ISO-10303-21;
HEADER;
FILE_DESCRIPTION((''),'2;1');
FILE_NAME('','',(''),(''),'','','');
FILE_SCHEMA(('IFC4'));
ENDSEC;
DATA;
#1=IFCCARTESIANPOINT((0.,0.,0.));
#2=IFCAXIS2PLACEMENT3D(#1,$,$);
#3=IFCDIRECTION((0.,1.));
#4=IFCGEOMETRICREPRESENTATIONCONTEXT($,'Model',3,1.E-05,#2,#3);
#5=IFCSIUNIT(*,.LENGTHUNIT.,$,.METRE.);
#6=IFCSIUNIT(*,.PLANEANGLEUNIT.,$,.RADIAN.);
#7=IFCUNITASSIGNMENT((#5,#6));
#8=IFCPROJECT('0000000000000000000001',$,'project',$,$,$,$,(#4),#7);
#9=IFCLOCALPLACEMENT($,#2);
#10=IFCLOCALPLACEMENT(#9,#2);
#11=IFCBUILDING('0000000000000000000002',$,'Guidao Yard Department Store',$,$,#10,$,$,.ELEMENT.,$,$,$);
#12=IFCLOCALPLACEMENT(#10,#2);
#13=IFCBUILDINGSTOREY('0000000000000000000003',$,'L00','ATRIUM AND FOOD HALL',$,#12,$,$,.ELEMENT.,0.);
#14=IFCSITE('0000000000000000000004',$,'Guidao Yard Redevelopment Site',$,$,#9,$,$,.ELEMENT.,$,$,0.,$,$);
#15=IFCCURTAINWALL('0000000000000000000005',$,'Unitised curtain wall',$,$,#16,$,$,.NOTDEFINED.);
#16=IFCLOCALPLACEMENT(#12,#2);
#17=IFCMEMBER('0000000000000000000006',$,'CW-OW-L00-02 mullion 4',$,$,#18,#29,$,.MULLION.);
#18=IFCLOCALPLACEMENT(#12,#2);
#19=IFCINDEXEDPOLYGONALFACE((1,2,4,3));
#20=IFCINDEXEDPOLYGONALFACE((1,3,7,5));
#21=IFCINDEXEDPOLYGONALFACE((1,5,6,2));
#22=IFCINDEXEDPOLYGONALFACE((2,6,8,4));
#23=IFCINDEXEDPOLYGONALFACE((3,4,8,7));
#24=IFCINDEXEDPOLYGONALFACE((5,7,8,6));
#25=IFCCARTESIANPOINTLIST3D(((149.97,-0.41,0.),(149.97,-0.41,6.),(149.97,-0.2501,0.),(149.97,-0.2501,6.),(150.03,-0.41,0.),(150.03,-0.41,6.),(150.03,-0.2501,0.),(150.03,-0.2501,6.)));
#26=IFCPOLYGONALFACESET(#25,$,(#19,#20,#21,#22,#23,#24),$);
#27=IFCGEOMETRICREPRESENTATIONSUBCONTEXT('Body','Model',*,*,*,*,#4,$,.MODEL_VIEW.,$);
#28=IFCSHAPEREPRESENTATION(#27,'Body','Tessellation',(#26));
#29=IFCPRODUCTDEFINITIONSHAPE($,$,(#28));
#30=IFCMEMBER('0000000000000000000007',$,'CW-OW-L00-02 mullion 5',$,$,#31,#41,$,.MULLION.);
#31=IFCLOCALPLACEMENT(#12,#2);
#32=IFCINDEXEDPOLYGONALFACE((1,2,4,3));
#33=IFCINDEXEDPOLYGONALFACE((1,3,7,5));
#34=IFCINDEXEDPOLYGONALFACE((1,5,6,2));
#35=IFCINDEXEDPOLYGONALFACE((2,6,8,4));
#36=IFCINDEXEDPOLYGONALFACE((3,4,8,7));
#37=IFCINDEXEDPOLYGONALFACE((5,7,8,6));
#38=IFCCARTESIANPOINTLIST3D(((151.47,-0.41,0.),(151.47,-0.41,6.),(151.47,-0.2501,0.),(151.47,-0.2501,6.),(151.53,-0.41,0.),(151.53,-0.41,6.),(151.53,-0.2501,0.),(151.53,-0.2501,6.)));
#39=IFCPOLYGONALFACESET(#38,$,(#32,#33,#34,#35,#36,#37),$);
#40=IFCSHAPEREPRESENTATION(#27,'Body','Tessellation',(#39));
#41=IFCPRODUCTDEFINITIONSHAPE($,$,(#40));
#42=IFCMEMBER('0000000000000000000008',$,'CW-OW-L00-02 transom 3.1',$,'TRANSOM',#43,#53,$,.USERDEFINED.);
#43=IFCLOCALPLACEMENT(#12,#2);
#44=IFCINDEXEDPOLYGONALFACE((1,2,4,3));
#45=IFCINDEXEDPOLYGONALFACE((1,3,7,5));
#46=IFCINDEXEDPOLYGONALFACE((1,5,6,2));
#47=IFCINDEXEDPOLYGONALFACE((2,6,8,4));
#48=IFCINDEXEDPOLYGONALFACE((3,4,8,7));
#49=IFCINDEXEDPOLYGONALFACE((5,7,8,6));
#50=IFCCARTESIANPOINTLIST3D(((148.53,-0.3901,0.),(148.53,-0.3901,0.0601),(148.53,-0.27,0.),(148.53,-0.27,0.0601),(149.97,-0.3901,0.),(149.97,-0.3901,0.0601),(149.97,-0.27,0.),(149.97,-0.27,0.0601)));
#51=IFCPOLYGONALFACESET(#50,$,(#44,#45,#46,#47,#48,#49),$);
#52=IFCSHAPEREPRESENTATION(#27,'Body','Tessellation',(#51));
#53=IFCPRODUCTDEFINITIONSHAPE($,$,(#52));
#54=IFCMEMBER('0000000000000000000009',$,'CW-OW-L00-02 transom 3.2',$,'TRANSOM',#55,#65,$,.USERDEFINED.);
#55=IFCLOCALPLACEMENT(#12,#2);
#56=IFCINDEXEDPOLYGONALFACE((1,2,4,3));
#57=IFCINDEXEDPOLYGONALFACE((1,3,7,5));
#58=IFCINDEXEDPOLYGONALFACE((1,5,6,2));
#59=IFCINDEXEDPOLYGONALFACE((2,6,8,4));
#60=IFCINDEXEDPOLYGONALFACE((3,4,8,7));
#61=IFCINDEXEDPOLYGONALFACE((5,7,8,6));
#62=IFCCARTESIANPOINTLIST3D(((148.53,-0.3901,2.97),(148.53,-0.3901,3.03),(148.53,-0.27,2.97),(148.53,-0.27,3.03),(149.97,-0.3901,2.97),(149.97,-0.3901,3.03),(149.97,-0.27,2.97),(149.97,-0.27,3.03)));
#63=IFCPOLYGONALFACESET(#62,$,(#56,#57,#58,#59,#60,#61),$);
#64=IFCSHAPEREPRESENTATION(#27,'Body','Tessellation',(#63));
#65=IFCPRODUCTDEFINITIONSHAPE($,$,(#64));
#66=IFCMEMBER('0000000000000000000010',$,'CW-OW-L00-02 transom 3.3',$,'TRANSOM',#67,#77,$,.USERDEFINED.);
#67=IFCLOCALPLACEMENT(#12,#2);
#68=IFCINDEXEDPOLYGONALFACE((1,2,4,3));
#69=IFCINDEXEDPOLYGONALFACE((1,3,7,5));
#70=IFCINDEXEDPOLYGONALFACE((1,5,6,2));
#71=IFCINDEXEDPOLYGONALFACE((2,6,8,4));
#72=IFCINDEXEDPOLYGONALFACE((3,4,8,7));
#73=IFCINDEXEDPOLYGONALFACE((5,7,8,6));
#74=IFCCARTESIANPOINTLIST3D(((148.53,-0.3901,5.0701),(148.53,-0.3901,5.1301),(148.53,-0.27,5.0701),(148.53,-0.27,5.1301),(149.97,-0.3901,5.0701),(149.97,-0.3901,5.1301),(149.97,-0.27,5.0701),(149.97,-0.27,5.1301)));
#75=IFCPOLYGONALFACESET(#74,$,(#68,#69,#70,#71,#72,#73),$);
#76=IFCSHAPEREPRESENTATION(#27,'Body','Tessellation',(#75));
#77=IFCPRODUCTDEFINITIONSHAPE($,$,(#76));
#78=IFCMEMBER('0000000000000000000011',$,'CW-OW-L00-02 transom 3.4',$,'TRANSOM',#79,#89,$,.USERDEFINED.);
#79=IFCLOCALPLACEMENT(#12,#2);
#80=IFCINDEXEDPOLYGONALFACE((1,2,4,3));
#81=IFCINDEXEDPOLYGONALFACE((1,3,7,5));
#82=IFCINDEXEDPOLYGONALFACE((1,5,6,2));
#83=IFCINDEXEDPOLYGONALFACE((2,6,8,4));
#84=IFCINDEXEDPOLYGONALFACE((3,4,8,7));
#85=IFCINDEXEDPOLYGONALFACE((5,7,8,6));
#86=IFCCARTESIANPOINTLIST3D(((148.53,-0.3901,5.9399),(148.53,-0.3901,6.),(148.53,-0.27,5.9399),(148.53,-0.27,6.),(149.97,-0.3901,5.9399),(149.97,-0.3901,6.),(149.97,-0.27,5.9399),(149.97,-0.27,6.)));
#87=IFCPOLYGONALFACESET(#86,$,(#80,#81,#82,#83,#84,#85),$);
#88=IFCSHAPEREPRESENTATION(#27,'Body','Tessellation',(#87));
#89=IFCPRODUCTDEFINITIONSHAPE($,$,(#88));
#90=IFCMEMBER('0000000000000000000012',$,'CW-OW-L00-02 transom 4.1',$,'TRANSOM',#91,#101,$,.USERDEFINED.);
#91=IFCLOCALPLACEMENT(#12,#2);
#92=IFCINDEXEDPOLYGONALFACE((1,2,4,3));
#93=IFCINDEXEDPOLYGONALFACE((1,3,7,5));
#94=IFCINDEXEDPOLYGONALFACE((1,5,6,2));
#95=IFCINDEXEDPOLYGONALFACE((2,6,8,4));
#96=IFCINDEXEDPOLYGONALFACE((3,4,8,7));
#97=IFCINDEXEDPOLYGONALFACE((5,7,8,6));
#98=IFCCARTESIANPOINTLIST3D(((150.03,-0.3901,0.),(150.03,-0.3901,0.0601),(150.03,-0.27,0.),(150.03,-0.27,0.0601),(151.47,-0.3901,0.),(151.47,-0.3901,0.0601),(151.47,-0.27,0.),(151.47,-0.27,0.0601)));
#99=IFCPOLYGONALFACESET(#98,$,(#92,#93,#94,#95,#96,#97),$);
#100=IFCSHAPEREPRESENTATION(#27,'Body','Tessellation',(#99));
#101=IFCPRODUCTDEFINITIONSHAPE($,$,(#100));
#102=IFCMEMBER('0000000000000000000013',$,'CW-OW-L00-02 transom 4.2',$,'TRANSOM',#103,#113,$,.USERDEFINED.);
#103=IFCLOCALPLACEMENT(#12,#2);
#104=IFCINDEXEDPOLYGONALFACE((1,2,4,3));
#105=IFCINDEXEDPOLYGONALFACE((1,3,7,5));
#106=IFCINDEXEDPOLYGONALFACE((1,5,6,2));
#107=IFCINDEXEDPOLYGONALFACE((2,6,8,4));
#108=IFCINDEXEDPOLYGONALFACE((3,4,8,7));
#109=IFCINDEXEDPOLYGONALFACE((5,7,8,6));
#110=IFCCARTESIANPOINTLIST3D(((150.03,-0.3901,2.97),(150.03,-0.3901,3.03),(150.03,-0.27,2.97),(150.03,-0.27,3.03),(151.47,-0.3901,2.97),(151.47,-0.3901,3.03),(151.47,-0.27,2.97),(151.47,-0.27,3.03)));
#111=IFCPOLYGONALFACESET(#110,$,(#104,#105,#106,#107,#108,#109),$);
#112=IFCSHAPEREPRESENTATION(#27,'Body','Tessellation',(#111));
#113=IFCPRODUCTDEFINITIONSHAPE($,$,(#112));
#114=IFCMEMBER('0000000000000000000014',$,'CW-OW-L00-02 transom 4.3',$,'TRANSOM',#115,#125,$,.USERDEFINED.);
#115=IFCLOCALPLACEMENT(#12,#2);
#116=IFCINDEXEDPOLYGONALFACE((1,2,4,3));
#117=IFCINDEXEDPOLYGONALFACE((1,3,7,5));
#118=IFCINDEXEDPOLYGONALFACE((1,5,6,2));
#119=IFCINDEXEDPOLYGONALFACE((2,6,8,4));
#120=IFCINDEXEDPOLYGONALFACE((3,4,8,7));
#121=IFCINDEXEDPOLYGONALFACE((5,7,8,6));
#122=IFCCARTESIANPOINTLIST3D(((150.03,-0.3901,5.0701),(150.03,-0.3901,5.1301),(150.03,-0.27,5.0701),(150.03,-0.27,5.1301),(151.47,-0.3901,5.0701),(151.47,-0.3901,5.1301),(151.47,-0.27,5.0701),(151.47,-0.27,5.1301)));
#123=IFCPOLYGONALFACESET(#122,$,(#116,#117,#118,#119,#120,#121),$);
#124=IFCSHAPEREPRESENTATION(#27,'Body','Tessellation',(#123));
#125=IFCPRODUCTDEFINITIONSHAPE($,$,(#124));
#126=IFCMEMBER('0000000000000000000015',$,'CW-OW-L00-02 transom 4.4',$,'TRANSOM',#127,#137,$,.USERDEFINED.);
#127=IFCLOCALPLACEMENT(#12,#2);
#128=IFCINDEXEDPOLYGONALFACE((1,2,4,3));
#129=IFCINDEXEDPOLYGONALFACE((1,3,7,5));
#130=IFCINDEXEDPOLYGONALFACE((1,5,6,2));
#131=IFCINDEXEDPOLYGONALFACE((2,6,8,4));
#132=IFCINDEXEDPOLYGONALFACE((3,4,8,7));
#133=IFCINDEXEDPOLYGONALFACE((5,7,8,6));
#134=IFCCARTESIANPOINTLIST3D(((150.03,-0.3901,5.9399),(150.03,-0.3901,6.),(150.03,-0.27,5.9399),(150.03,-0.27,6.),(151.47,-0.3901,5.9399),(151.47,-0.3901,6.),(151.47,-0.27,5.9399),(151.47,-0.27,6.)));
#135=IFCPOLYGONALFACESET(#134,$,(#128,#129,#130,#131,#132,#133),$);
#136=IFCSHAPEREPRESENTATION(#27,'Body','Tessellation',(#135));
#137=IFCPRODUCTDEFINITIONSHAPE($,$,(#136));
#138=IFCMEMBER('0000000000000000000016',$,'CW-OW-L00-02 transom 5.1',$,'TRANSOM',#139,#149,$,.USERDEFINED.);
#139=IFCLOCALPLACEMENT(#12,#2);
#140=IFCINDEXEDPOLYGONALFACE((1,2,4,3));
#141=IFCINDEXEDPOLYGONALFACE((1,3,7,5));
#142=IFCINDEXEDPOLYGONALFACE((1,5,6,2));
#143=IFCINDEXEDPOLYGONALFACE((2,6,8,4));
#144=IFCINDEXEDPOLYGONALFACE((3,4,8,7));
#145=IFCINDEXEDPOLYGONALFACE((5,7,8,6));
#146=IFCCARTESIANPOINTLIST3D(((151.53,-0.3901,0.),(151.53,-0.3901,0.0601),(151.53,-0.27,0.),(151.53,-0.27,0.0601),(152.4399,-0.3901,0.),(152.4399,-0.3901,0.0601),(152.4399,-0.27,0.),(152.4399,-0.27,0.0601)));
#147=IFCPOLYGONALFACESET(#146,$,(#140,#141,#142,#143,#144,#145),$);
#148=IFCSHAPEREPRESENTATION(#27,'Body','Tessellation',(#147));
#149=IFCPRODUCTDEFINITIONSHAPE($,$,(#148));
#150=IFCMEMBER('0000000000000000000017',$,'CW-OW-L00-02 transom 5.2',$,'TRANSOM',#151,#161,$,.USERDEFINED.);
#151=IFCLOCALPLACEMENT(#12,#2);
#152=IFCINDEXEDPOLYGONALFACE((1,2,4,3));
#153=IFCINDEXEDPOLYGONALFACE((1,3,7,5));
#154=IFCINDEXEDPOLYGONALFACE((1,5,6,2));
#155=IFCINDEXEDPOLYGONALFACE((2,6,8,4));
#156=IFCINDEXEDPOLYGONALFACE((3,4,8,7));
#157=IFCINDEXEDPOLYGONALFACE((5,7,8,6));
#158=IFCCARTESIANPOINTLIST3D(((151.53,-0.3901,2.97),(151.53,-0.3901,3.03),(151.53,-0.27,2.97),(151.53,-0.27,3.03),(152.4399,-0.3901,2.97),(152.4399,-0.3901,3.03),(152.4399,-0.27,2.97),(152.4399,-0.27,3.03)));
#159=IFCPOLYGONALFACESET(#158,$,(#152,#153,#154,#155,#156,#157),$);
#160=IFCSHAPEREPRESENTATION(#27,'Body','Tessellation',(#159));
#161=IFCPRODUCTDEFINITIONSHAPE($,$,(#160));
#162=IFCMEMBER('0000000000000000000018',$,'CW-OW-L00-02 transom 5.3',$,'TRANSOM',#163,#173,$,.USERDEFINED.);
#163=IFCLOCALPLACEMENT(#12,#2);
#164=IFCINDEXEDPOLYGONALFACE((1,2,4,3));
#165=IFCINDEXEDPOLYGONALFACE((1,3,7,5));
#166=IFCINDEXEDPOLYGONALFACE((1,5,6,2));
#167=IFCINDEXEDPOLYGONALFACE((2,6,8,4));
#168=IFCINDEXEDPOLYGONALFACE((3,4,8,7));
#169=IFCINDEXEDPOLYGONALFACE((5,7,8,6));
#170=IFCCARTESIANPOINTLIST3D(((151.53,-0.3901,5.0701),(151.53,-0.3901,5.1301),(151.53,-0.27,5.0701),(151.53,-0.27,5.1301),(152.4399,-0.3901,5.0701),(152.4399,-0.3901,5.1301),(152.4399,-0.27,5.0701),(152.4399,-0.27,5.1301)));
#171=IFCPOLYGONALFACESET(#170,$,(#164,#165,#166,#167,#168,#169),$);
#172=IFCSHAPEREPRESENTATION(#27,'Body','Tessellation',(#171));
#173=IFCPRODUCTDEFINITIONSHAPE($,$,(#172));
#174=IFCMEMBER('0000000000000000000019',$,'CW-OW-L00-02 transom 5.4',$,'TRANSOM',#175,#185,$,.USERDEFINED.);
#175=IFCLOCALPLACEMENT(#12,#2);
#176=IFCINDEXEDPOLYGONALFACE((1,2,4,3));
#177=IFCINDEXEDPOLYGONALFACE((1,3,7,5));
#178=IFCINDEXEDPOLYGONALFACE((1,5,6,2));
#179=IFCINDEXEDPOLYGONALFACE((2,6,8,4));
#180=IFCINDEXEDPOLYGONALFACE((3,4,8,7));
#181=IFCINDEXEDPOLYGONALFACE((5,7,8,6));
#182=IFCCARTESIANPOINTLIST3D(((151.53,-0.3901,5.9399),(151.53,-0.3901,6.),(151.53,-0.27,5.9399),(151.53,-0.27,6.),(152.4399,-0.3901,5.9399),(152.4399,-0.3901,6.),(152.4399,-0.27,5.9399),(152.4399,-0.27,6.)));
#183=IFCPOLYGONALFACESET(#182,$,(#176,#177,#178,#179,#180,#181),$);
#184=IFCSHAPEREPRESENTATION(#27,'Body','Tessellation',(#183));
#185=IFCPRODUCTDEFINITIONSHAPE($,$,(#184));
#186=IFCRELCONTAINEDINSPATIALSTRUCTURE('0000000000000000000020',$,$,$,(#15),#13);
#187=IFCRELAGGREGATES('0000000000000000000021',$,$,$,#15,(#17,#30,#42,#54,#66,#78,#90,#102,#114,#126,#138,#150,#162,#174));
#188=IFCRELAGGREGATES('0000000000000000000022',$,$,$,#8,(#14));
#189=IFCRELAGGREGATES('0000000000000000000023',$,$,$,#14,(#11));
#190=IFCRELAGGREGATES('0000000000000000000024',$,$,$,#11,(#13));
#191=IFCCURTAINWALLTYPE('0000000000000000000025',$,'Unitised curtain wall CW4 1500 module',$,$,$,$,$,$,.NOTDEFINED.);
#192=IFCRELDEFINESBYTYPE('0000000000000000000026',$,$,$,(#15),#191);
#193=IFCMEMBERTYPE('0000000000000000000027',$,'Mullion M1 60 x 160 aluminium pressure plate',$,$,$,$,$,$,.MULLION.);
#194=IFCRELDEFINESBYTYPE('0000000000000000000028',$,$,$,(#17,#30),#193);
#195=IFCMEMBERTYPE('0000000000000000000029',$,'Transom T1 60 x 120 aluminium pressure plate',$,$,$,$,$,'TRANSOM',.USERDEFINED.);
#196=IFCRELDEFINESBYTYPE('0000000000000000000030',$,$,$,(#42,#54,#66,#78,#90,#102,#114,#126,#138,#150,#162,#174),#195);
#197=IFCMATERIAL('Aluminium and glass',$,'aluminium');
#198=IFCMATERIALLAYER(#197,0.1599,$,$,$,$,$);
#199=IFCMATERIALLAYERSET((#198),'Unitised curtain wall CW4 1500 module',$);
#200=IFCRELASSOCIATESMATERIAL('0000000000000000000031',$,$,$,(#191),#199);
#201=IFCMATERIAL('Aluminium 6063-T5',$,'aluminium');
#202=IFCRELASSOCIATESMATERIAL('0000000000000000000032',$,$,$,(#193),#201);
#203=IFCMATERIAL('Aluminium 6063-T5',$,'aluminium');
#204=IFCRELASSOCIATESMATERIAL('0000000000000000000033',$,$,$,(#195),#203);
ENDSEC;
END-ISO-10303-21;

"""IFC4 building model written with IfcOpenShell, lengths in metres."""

from ifc_helpers import new_model, si_unit, direction, frame, origin, origin_2d, place, context, subcontext, project, spatial, rectangle, extrude, material, layer, layer_set, material_profile, profile_set, type_object, element, aggregate, save


model = new_model("IFC4")

# Units and contexts
model_context = context("Model", 3, precision=1e-05, world=origin(), true_north=direction((0.0, 1.0)))
body_context = subcontext(model_context, "Body", "Model", "MODEL_VIEW")
ifc_project = project(units=[si_unit("LENGTHUNIT", "METRE"), si_unit("PLANEANGLEUNIT", "RADIAN")], contexts=[model_context])

# Site, building, storey
site_placement = place(None, origin())
site = spatial("IfcSite", under=ifc_project, at=site_placement, Name="Guidao Yard Redevelopment Site", CompositionType="ELEMENT", RefElevation=0.0)
building_placement = place(site_placement, origin())
building = spatial("IfcBuilding", under=site, at=building_placement, Name="Guidao Yard Department Store", CompositionType="ELEMENT")
storey_placement = place(building_placement, origin())
storey = spatial("IfcBuildingStorey", under=building, at=storey_placement, Name="L00", Description="ATRIUM AND FOOD HALL", CompositionType="ELEMENT", Elevation=0.0)

# Curtain wall, members
ifc_material_1 = material(Name="Aluminium and glass", Category="aluminium")
ifc_layer_1 = layer(ifc_material_1, 0.1599)
ifc_layer_set_1 = layer_set([ifc_layer_1], Name="Unitised curtain wall CW4 1500 module")
curtain_wall_type = type_object("IfcCurtainWallType", Name="Unitised curtain wall CW4 1500 module", PredefinedType="NOTDEFINED", material=ifc_layer_set_1)
curtain_wall_placement = place(storey_placement, origin())
curtain_wall = element("IfcCurtainWall", 1, at=curtain_wall_placement, inside=storey, type_object=curtain_wall_type, Name="Unitised curtain wall", PredefinedType="NOTDEFINED")
ifc_material_2 = material(Name="Aluminium 6063-T5", Category="aluminium")
ifc_material_profile_1 = material_profile(ifc_material_2, rectangle(XDim=0.0601, YDim=0.1599, at=origin_2d()), Name="Mullion M1 60 x 160 aluminium pressure plate")
ifc_profile_set_1 = profile_set([ifc_material_profile_1], Name="Aluminium 6063-T5")
member_type_1 = type_object("IfcMemberType", Name="Mullion M1 60 x 160 aluminium pressure plate", PredefinedType="MULLION", material=ifc_profile_set_1)
member_1_placement = place(storey_placement, frame((150.0, -0.3301, 0.0), z_axis=(0.0, 0.0, 1.0), x_axis=(-1.0, 0.0, 0.0)))
member_1 = element("IfcMember", 2, at=member_1_placement, type_object=member_type_1, Name="CW-OW-L00-02 mullion 4", PredefinedType="MULLION", context=body_context, shape_type="SweptSolid", body=[
    extrude(rectangle(XDim=0.0601, YDim=0.1599, at=origin_2d()), origin(), (0.0, 0.0, 1.0), 6.0),
])
member_2_placement = place(storey_placement, frame((151.5, -0.3301, 0.0), z_axis=(0.0, 0.0, 1.0), x_axis=(-1.0, 0.0, 0.0)))
member_2 = element("IfcMember", 3, at=member_2_placement, type_object=member_type_1, Name="CW-OW-L00-02 mullion 5", PredefinedType="MULLION", context=body_context, shape_type="SweptSolid", body=[
    extrude(rectangle(XDim=0.0601, YDim=0.1599, at=origin_2d()), origin(), (0.0, 0.0, 1.0), 6.0),
])
ifc_material_3 = material(Name="Aluminium 6063-T5", Category="aluminium")
ifc_material_profile_2 = material_profile(ifc_material_3, rectangle(XDim=0.1201, YDim=0.0601, at=origin_2d()), Name="Transom T1 60 x 120 aluminium pressure plate")
ifc_profile_set_2 = profile_set([ifc_material_profile_2], Name="Aluminium 6063-T5")
member_type_2 = type_object("IfcMemberType", Name="Transom T1 60 x 120 aluminium pressure plate", ElementType="TRANSOM", PredefinedType="USERDEFINED", material=ifc_profile_set_2)
member_3_placement = place(storey_placement, frame((149.97, -0.3301, 0.03), z_axis=(-1.0, 0.0, 0.0), x_axis=(0.0, -1.0, 0.0)))
member_3 = element("IfcMember", 4, at=member_3_placement, type_object=member_type_2, Name="CW-OW-L00-02 transom 3.1", ObjectType="TRANSOM", PredefinedType="USERDEFINED", context=body_context, shape_type="SweptSolid", body=[
    extrude(rectangle(XDim=0.1201, YDim=0.0601, at=origin_2d()), origin(), (0.0, 0.0, 1.0), 1.4399),
])
member_4_placement = place(storey_placement, frame((149.97, -0.3301, 3.0), z_axis=(-1.0, 0.0, 0.0), x_axis=(0.0, -1.0, 0.0)))
member_4 = element("IfcMember", 5, at=member_4_placement, type_object=member_type_2, Name="CW-OW-L00-02 transom 3.2", ObjectType="TRANSOM", PredefinedType="USERDEFINED", context=body_context, shape_type="SweptSolid", body=[
    extrude(rectangle(XDim=0.1201, YDim=0.0601, at=origin_2d()), origin(), (0.0, 0.0, 1.0), 1.4399),
])
member_5_placement = place(storey_placement, frame((149.97, -0.3301, 5.1001), z_axis=(-1.0, 0.0, 0.0), x_axis=(0.0, -1.0, 0.0)))
member_5 = element("IfcMember", 6, at=member_5_placement, type_object=member_type_2, Name="CW-OW-L00-02 transom 3.3", ObjectType="TRANSOM", PredefinedType="USERDEFINED", context=body_context, shape_type="SweptSolid", body=[
    extrude(rectangle(XDim=0.1201, YDim=0.0601, at=origin_2d()), origin(), (0.0, 0.0, 1.0), 1.4399),
])
member_6_placement = place(storey_placement, frame((149.97, -0.3301, 5.97), z_axis=(-1.0, 0.0, 0.0), x_axis=(0.0, -1.0, 0.0)))
member_6 = element("IfcMember", 7, at=member_6_placement, type_object=member_type_2, Name="CW-OW-L00-02 transom 3.4", ObjectType="TRANSOM", PredefinedType="USERDEFINED", context=body_context, shape_type="SweptSolid", body=[
    extrude(rectangle(XDim=0.1201, YDim=0.0601, at=origin_2d()), origin(), (0.0, 0.0, 1.0), 1.4399),
])
member_7_placement = place(storey_placement, frame((151.47, -0.3301, 0.03), z_axis=(-1.0, 0.0, 0.0), x_axis=(0.0, -1.0, 0.0)))
member_7 = element("IfcMember", 8, at=member_7_placement, type_object=member_type_2, Name="CW-OW-L00-02 transom 4.1", ObjectType="TRANSOM", PredefinedType="USERDEFINED", context=body_context, shape_type="SweptSolid", body=[
    extrude(rectangle(XDim=0.1201, YDim=0.0601, at=origin_2d()), origin(), (0.0, 0.0, 1.0), 1.4399),
])
member_8_placement = place(storey_placement, frame((151.47, -0.3301, 3.0), z_axis=(-1.0, 0.0, 0.0), x_axis=(0.0, -1.0, 0.0)))
member_8 = element("IfcMember", 9, at=member_8_placement, type_object=member_type_2, Name="CW-OW-L00-02 transom 4.2", ObjectType="TRANSOM", PredefinedType="USERDEFINED", context=body_context, shape_type="SweptSolid", body=[
    extrude(rectangle(XDim=0.1201, YDim=0.0601, at=origin_2d()), origin(), (0.0, 0.0, 1.0), 1.4399),
])
member_9_placement = place(storey_placement, frame((151.47, -0.3301, 5.1001), z_axis=(-1.0, 0.0, 0.0), x_axis=(0.0, -1.0, 0.0)))
member_9 = element("IfcMember", 10, at=member_9_placement, type_object=member_type_2, Name="CW-OW-L00-02 transom 4.3", ObjectType="TRANSOM", PredefinedType="USERDEFINED", context=body_context, shape_type="SweptSolid", body=[
    extrude(rectangle(XDim=0.1201, YDim=0.0601, at=origin_2d()), origin(), (0.0, 0.0, 1.0), 1.4399),
])
member_10_placement = place(storey_placement, frame((151.47, -0.3301, 5.97), z_axis=(-1.0, 0.0, 0.0), x_axis=(0.0, -1.0, 0.0)))
member_10 = element("IfcMember", 11, at=member_10_placement, type_object=member_type_2, Name="CW-OW-L00-02 transom 4.4", ObjectType="TRANSOM", PredefinedType="USERDEFINED", context=body_context, shape_type="SweptSolid", body=[
    extrude(rectangle(XDim=0.1201, YDim=0.0601, at=origin_2d()), origin(), (0.0, 0.0, 1.0), 1.4399),
])
member_11_placement = place(storey_placement, frame((152.4399, -0.3301, 0.03), z_axis=(-1.0, 0.0, 0.0), x_axis=(0.0, -1.0, 0.0)))
member_11 = element("IfcMember", 12, at=member_11_placement, type_object=member_type_2, Name="CW-OW-L00-02 transom 5.1", ObjectType="TRANSOM", PredefinedType="USERDEFINED", context=body_context, shape_type="SweptSolid", body=[
    extrude(rectangle(XDim=0.1201, YDim=0.0601, at=origin_2d()), origin(), (0.0, 0.0, 1.0), 0.9099),
])
member_12_placement = place(storey_placement, frame((152.4399, -0.3301, 3.0), z_axis=(-1.0, 0.0, 0.0), x_axis=(0.0, -1.0, 0.0)))
member_12 = element("IfcMember", 13, at=member_12_placement, type_object=member_type_2, Name="CW-OW-L00-02 transom 5.2", ObjectType="TRANSOM", PredefinedType="USERDEFINED", context=body_context, shape_type="SweptSolid", body=[
    extrude(rectangle(XDim=0.1201, YDim=0.0601, at=origin_2d()), origin(), (0.0, 0.0, 1.0), 0.9099),
])
member_13_placement = place(storey_placement, frame((152.4399, -0.3301, 5.1001), z_axis=(-1.0, 0.0, 0.0), x_axis=(0.0, -1.0, 0.0)))
member_13 = element("IfcMember", 14, at=member_13_placement, type_object=member_type_2, Name="CW-OW-L00-02 transom 5.3", ObjectType="TRANSOM", PredefinedType="USERDEFINED", context=body_context, shape_type="SweptSolid", body=[
    extrude(rectangle(XDim=0.1201, YDim=0.0601, at=origin_2d()), origin(), (0.0, 0.0, 1.0), 0.9099),
])
member_14_placement = place(storey_placement, frame((152.4399, -0.3301, 5.97), z_axis=(-1.0, 0.0, 0.0), x_axis=(0.0, -1.0, 0.0)))
member_14 = element("IfcMember", 15, at=member_14_placement, type_object=member_type_2, Name="CW-OW-L00-02 transom 5.4", ObjectType="TRANSOM", PredefinedType="USERDEFINED", context=body_context, shape_type="SweptSolid", body=[
    extrude(rectangle(XDim=0.1201, YDim=0.0601, at=origin_2d()), origin(), (0.0, 0.0, 1.0), 0.9099),
])
aggregate(curtain_wall, [member_1, member_2, member_3, member_4, member_5, member_6, member_7, member_8, member_9, member_10, member_11, member_12, member_13, member_14])

save(model, "model.ifc")
